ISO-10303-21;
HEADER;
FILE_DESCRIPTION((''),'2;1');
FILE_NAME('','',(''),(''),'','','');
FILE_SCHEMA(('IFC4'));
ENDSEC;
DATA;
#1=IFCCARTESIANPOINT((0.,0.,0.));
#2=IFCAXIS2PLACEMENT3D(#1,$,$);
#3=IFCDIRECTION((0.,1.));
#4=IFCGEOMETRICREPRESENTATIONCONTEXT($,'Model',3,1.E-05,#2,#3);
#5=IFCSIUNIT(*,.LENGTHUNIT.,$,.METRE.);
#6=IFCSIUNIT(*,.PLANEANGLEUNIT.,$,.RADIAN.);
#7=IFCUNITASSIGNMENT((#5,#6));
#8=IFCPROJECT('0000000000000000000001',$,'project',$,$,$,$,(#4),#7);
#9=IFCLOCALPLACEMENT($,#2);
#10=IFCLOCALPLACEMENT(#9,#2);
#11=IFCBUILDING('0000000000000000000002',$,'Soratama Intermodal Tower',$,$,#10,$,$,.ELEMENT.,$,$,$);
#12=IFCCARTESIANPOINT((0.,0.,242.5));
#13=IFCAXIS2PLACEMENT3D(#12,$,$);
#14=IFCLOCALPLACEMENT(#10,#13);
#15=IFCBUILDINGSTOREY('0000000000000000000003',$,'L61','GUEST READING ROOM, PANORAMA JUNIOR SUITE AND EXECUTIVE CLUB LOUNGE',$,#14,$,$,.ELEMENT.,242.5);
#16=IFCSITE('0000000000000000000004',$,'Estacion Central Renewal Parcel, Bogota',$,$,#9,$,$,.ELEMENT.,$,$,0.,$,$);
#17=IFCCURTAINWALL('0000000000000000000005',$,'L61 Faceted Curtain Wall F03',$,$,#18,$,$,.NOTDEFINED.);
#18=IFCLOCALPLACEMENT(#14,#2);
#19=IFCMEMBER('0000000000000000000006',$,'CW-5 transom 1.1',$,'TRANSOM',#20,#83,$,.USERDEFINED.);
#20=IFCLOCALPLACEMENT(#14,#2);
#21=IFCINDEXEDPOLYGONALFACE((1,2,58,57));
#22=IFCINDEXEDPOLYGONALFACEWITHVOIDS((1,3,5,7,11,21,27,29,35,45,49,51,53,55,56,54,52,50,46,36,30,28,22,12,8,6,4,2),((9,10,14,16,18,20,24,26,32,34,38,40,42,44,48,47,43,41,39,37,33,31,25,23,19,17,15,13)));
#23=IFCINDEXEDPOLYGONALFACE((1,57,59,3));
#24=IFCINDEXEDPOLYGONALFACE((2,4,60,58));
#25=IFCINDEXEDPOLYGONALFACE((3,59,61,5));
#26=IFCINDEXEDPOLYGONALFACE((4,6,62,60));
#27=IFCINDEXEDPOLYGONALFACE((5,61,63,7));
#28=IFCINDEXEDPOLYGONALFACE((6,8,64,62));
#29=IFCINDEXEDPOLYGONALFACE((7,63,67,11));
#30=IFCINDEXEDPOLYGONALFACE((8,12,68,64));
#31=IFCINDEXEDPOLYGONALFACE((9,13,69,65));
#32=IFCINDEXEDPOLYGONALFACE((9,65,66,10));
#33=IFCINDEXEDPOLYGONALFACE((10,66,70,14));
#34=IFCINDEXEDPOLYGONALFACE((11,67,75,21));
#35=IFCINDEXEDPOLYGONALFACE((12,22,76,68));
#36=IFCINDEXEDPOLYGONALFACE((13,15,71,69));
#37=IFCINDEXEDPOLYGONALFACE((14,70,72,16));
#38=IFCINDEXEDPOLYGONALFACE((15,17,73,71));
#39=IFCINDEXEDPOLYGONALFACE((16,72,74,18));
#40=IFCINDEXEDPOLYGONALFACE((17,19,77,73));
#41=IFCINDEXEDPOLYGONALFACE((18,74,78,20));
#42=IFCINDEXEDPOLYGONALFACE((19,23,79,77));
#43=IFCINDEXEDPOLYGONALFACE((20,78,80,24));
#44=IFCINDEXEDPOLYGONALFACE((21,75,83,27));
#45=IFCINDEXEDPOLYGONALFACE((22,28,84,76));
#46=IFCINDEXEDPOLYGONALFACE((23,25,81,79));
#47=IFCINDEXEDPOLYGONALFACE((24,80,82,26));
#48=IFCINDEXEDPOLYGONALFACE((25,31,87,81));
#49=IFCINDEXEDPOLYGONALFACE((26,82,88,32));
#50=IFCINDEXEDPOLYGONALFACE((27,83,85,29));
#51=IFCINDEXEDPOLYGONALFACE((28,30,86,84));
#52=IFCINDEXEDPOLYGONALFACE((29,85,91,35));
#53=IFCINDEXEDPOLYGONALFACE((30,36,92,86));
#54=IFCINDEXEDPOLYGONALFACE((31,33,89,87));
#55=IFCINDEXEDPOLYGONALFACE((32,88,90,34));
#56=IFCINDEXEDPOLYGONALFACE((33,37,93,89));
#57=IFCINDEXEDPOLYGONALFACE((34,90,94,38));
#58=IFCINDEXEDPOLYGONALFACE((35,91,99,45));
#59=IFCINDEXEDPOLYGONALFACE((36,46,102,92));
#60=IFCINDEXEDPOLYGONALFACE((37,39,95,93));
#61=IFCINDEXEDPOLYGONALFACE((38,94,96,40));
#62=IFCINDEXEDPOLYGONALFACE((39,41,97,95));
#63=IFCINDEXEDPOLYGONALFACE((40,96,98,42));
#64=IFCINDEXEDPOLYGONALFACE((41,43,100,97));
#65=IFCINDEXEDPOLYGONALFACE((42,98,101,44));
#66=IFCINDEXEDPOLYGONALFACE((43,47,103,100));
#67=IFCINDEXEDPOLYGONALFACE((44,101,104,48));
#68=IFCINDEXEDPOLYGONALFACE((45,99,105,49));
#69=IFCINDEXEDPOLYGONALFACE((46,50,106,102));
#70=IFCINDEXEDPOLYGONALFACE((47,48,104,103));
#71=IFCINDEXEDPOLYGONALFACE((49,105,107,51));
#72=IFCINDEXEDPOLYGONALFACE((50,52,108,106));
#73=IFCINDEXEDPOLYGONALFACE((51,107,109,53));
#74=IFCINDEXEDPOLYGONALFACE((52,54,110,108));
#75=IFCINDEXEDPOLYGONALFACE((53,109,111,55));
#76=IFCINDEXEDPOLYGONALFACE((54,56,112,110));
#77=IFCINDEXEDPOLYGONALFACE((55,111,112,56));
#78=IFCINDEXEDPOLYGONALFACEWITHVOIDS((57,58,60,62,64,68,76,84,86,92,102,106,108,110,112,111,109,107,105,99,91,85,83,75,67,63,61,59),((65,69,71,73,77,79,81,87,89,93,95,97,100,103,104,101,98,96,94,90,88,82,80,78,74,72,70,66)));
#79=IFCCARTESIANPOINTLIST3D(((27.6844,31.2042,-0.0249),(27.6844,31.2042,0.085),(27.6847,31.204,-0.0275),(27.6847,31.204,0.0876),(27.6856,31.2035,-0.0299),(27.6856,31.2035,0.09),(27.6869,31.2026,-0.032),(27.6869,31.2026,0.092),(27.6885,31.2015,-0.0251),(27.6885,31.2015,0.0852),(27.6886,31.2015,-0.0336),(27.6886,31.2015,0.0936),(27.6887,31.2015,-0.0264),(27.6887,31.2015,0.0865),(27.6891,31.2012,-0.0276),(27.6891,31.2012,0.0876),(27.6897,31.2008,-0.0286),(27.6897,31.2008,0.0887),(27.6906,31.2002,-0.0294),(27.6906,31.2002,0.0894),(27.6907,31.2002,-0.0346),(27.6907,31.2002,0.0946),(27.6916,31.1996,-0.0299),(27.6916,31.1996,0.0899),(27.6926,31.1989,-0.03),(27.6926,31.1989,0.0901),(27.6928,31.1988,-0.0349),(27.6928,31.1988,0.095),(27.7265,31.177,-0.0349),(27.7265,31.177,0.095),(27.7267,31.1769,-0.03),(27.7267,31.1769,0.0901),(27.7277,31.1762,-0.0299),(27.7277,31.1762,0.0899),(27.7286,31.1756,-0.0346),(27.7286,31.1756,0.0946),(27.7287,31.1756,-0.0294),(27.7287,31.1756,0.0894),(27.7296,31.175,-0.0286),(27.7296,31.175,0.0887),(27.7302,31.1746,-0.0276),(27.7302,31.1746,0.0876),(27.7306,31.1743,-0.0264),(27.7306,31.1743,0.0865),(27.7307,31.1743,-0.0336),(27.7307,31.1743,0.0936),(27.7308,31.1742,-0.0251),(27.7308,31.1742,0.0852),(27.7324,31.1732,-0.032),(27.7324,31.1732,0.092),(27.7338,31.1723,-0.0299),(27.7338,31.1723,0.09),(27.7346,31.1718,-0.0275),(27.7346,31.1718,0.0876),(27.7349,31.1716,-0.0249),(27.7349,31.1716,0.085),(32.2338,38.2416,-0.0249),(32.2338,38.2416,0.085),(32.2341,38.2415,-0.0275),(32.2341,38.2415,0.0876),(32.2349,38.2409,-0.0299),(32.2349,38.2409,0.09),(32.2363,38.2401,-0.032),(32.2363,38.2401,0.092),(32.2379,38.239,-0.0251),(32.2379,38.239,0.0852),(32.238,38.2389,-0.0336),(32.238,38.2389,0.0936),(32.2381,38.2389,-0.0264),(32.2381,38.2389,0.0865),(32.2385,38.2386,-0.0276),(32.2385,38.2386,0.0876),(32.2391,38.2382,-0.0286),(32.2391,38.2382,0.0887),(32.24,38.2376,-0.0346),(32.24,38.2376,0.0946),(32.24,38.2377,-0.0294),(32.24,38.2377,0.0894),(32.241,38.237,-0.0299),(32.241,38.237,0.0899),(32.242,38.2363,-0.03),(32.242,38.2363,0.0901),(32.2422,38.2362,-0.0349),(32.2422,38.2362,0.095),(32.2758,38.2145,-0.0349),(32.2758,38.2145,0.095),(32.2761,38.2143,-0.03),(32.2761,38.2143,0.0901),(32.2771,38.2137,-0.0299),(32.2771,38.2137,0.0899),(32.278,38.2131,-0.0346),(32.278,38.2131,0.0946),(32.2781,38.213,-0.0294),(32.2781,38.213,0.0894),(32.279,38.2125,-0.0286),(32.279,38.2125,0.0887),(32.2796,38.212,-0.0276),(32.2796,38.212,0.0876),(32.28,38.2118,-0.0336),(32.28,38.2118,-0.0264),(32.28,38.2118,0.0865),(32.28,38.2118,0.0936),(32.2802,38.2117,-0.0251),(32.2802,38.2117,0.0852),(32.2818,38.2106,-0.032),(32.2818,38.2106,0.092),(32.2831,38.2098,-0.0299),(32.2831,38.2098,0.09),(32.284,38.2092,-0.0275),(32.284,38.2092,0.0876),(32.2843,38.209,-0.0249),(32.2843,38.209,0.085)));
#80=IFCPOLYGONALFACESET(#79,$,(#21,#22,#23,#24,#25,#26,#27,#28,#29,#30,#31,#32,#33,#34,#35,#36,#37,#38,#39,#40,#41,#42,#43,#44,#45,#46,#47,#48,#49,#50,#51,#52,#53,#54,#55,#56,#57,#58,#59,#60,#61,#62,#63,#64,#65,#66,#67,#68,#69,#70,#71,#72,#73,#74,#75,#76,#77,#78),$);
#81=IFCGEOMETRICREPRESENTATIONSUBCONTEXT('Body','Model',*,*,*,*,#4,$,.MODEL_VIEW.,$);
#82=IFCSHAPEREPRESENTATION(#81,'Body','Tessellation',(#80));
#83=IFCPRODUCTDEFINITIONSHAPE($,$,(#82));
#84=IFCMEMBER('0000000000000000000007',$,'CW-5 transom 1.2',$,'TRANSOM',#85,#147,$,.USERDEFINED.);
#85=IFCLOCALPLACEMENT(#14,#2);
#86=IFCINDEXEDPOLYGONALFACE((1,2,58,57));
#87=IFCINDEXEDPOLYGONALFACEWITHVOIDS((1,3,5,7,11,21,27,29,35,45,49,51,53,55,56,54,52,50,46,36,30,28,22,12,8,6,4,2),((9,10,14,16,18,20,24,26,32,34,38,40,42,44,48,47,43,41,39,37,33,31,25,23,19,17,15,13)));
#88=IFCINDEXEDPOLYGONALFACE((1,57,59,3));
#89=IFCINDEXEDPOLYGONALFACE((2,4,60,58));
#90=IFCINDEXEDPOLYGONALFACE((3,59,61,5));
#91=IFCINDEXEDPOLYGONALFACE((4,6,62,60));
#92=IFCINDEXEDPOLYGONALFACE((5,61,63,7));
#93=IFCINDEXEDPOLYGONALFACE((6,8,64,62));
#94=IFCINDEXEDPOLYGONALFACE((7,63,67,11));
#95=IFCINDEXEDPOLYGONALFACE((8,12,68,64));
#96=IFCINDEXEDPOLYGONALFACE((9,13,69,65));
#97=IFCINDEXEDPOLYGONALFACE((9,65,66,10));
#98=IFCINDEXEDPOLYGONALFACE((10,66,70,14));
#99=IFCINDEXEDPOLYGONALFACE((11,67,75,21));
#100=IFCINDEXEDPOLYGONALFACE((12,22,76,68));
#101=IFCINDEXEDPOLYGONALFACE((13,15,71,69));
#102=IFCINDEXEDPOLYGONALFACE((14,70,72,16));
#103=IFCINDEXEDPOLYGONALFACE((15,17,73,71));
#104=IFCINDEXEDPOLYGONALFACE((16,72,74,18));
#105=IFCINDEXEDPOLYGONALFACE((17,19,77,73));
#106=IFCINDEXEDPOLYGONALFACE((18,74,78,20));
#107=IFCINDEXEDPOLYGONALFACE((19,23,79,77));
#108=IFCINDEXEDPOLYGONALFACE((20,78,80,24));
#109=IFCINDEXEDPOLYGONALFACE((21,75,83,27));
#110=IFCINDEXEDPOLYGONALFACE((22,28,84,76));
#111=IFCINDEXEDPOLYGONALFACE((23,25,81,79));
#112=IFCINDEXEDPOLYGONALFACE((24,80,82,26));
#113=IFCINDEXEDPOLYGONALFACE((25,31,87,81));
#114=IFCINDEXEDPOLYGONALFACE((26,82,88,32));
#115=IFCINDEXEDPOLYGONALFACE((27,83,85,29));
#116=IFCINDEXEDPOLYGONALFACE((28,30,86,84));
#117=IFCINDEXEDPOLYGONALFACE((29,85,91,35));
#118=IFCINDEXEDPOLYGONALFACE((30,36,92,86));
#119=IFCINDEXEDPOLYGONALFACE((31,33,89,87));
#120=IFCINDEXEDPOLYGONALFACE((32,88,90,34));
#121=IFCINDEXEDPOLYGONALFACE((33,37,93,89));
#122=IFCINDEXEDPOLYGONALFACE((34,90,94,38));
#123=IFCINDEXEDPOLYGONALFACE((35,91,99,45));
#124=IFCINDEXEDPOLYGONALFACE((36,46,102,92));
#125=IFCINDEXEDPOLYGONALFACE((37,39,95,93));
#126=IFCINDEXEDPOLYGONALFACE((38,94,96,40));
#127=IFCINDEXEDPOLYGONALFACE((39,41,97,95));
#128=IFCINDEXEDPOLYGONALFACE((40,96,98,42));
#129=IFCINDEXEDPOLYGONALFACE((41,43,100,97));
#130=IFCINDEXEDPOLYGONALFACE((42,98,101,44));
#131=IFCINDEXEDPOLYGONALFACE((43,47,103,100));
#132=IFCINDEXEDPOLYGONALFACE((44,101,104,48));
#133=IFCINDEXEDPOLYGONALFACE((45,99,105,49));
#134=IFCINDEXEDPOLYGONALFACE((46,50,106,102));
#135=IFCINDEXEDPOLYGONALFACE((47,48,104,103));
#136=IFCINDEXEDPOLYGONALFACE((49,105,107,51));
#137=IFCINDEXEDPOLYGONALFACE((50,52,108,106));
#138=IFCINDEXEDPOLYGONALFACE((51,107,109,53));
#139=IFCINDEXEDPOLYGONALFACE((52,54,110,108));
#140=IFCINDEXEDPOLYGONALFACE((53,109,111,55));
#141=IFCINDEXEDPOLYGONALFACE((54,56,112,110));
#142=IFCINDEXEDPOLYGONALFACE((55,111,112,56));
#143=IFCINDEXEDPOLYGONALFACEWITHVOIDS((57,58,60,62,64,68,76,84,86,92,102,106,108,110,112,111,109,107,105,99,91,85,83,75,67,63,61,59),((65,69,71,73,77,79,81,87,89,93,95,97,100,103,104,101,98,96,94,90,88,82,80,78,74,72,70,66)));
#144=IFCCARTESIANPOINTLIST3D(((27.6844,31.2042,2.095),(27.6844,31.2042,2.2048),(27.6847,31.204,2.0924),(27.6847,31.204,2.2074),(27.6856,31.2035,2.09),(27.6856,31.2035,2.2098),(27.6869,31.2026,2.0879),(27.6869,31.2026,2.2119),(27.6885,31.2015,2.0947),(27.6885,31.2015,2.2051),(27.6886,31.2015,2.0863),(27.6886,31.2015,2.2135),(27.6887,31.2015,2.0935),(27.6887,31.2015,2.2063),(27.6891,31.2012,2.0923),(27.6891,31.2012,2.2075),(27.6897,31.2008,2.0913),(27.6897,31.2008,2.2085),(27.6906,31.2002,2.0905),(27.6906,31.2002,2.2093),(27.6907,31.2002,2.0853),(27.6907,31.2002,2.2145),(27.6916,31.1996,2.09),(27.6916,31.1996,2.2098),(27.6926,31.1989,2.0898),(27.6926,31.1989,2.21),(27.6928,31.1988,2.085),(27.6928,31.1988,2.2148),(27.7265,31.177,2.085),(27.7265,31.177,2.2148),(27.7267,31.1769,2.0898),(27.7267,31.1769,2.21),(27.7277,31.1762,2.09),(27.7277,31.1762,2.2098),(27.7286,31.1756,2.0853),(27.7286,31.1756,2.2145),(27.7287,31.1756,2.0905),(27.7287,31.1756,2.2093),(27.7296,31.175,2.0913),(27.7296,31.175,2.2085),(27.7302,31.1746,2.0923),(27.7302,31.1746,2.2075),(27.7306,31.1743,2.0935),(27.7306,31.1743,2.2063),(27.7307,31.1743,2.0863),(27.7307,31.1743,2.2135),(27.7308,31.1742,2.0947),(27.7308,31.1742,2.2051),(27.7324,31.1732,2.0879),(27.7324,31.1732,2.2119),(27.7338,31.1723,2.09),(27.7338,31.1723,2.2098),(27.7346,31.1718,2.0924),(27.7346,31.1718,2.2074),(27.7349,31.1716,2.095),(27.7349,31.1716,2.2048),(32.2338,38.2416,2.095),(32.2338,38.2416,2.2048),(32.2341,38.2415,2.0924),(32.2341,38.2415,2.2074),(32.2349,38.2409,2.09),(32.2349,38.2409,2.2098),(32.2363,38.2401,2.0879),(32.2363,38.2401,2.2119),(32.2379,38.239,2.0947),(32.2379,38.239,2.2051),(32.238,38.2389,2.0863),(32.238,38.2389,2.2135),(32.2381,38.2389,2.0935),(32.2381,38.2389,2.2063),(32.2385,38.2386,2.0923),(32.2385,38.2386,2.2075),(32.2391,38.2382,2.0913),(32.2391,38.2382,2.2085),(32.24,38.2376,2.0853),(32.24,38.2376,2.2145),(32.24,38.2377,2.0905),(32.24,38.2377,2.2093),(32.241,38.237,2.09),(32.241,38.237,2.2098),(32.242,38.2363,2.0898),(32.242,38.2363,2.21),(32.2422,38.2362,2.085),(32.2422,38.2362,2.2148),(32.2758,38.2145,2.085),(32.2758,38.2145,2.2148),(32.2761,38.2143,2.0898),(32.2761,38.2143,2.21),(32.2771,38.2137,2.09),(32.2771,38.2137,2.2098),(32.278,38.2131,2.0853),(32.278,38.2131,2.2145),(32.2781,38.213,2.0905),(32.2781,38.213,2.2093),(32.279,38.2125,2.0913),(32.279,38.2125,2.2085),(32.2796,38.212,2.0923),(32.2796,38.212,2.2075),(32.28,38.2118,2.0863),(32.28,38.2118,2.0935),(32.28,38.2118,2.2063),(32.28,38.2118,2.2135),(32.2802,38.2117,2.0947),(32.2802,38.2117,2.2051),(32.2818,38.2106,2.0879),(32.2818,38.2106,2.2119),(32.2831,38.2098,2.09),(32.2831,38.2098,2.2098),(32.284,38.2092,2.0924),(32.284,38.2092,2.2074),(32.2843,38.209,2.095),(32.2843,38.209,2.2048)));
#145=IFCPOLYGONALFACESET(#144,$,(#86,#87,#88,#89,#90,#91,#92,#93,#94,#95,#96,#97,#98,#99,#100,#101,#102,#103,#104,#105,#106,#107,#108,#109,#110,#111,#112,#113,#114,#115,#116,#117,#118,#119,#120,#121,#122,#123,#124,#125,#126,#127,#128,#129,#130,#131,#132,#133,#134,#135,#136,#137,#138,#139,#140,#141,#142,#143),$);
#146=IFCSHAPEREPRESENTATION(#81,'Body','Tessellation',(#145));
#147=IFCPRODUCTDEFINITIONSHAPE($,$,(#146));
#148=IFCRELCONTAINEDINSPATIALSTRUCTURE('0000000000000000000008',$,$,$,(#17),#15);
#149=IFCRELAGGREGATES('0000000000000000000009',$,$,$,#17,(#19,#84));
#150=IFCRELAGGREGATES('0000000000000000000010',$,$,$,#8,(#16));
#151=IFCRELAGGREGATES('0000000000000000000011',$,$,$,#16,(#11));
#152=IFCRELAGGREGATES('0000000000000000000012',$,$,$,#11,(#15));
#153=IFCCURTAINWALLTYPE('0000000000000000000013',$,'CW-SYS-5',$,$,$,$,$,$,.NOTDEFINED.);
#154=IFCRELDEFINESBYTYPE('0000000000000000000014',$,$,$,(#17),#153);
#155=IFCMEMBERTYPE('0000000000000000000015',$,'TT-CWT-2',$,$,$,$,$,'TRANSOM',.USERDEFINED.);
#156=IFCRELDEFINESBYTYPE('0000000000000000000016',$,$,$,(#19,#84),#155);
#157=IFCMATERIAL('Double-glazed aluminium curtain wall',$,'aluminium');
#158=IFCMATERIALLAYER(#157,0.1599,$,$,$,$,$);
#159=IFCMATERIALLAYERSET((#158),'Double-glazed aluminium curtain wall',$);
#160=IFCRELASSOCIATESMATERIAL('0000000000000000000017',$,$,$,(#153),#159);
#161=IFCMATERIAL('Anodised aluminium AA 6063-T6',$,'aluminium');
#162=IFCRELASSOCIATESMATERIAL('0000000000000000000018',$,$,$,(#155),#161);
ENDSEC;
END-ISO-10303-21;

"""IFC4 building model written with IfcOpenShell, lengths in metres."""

from ifc_helpers import new_model, si_unit, direction, frame, origin, origin_2d, place, context, subcontext, project, spatial, hollow_rectangle, extrude, material, layer, layer_set, material_profile, profile_set, type_object, element, aggregate, save


model = new_model("IFC4")

# Units and contexts
model_context = context("Model", 3, precision=1e-05, world=origin(), true_north=direction((0.0, 1.0)))
body_context = subcontext(model_context, "Body", "Model", "MODEL_VIEW")
ifc_project = project(units=[si_unit("LENGTHUNIT", "METRE"), si_unit("PLANEANGLEUNIT", "RADIAN")], contexts=[model_context])

# Site, building, storey
site_placement = place(None, origin())
site = spatial("IfcSite", under=ifc_project, at=site_placement, Name="Estacion Central Renewal Parcel, Bogota", CompositionType="ELEMENT", RefElevation=0.0)
building_placement = place(site_placement, origin())
building = spatial("IfcBuilding", under=site, at=building_placement, Name="Soratama Intermodal Tower", CompositionType="ELEMENT")
storey_placement = place(building_placement, frame((0.0, 0.0, 242.5)))
storey = spatial("IfcBuildingStorey", under=building, at=storey_placement, Name="L61", Description="GUEST READING ROOM, PANORAMA JUNIOR SUITE AND EXECUTIVE CLUB LOUNGE", CompositionType="ELEMENT", Elevation=242.5)

# Shared definitions
ifc_material_1 = material(Name="Double-glazed aluminium curtain wall", Category="aluminium")
ifc_layer_1 = layer(ifc_material_1, 0.1599)
ifc_layer_set_1 = layer_set([ifc_layer_1], Name="Double-glazed aluminium curtain wall")
curtain_wall_type = type_object("IfcCurtainWallType", Name="CW-SYS-5", PredefinedType="NOTDEFINED", material=ifc_layer_set_1)

# Curtain wall, members
curtain_wall_1_placement = place(storey_placement, origin())
curtain_wall_1 = element("IfcCurtainWall", 1, at=curtain_wall_1_placement, inside=storey, type_object=curtain_wall_type, Name="L61 Faceted Curtain Wall F03", PredefinedType="NOTDEFINED")
ifc_material_2 = material(Name="Anodised aluminium AA 6063-T6", Category="aluminium")
ifc_material_profile_1 = material_profile(ifc_material_2, hollow_rectangle(XDim=0.0601, YDim=0.1299, WallThickness=0.0049, InnerFilletRadius=0.0049, OuterFilletRadius=0.01, at=origin_2d()), Name="CWT130X60X5")
ifc_profile_set_1 = profile_set([ifc_material_profile_1], Name="Anodised aluminium AA 6063-T6")
member_type_1 = type_object("IfcMemberType", Name="TT-CWT-2", ElementType="TRANSOM", PredefinedType="USERDEFINED", material=ifc_profile_set_1)
member_1_placement = place(storey_placement, frame((32.259, 38.2253, 0.03), z_axis=(-0.542892, -0.839802, 0.0), x_axis=(0.839802, -0.542892, 0.0)))
member_1 = element("IfcMember", 2, at=member_1_placement, type_object=member_type_1, Name="CW-5 transom 1.1", ObjectType="TRANSOM", PredefinedType="USERDEFINED", context=body_context, shape_type="SweptSolid", body=[
    extrude(hollow_rectangle(XDim=0.0601, YDim=0.1299, WallThickness=0.0049, InnerFilletRadius=0.0049, OuterFilletRadius=0.01, at=origin_2d()), origin(), (0.0, 0.0, 1.0), 8.3799),
])
member_2_placement = place(storey_placement, frame((32.259, 38.2253, 2.1499), z_axis=(-0.542892, -0.839802, 0.0), x_axis=(0.839802, -0.542892, 0.0)))
member_2 = element("IfcMember", 3, at=member_2_placement, type_object=member_type_1, Name="CW-5 transom 1.2", ObjectType="TRANSOM", PredefinedType="USERDEFINED", context=body_context, shape_type="SweptSolid", body=[
    extrude(hollow_rectangle(XDim=0.0601, YDim=0.1299, WallThickness=0.0049, InnerFilletRadius=0.0049, OuterFilletRadius=0.01, at=origin_2d()), origin(), (0.0, 0.0, 1.0), 8.3799),
])
aggregate(curtain_wall_1, [member_1, member_2])

save(model, "model.ifc")
